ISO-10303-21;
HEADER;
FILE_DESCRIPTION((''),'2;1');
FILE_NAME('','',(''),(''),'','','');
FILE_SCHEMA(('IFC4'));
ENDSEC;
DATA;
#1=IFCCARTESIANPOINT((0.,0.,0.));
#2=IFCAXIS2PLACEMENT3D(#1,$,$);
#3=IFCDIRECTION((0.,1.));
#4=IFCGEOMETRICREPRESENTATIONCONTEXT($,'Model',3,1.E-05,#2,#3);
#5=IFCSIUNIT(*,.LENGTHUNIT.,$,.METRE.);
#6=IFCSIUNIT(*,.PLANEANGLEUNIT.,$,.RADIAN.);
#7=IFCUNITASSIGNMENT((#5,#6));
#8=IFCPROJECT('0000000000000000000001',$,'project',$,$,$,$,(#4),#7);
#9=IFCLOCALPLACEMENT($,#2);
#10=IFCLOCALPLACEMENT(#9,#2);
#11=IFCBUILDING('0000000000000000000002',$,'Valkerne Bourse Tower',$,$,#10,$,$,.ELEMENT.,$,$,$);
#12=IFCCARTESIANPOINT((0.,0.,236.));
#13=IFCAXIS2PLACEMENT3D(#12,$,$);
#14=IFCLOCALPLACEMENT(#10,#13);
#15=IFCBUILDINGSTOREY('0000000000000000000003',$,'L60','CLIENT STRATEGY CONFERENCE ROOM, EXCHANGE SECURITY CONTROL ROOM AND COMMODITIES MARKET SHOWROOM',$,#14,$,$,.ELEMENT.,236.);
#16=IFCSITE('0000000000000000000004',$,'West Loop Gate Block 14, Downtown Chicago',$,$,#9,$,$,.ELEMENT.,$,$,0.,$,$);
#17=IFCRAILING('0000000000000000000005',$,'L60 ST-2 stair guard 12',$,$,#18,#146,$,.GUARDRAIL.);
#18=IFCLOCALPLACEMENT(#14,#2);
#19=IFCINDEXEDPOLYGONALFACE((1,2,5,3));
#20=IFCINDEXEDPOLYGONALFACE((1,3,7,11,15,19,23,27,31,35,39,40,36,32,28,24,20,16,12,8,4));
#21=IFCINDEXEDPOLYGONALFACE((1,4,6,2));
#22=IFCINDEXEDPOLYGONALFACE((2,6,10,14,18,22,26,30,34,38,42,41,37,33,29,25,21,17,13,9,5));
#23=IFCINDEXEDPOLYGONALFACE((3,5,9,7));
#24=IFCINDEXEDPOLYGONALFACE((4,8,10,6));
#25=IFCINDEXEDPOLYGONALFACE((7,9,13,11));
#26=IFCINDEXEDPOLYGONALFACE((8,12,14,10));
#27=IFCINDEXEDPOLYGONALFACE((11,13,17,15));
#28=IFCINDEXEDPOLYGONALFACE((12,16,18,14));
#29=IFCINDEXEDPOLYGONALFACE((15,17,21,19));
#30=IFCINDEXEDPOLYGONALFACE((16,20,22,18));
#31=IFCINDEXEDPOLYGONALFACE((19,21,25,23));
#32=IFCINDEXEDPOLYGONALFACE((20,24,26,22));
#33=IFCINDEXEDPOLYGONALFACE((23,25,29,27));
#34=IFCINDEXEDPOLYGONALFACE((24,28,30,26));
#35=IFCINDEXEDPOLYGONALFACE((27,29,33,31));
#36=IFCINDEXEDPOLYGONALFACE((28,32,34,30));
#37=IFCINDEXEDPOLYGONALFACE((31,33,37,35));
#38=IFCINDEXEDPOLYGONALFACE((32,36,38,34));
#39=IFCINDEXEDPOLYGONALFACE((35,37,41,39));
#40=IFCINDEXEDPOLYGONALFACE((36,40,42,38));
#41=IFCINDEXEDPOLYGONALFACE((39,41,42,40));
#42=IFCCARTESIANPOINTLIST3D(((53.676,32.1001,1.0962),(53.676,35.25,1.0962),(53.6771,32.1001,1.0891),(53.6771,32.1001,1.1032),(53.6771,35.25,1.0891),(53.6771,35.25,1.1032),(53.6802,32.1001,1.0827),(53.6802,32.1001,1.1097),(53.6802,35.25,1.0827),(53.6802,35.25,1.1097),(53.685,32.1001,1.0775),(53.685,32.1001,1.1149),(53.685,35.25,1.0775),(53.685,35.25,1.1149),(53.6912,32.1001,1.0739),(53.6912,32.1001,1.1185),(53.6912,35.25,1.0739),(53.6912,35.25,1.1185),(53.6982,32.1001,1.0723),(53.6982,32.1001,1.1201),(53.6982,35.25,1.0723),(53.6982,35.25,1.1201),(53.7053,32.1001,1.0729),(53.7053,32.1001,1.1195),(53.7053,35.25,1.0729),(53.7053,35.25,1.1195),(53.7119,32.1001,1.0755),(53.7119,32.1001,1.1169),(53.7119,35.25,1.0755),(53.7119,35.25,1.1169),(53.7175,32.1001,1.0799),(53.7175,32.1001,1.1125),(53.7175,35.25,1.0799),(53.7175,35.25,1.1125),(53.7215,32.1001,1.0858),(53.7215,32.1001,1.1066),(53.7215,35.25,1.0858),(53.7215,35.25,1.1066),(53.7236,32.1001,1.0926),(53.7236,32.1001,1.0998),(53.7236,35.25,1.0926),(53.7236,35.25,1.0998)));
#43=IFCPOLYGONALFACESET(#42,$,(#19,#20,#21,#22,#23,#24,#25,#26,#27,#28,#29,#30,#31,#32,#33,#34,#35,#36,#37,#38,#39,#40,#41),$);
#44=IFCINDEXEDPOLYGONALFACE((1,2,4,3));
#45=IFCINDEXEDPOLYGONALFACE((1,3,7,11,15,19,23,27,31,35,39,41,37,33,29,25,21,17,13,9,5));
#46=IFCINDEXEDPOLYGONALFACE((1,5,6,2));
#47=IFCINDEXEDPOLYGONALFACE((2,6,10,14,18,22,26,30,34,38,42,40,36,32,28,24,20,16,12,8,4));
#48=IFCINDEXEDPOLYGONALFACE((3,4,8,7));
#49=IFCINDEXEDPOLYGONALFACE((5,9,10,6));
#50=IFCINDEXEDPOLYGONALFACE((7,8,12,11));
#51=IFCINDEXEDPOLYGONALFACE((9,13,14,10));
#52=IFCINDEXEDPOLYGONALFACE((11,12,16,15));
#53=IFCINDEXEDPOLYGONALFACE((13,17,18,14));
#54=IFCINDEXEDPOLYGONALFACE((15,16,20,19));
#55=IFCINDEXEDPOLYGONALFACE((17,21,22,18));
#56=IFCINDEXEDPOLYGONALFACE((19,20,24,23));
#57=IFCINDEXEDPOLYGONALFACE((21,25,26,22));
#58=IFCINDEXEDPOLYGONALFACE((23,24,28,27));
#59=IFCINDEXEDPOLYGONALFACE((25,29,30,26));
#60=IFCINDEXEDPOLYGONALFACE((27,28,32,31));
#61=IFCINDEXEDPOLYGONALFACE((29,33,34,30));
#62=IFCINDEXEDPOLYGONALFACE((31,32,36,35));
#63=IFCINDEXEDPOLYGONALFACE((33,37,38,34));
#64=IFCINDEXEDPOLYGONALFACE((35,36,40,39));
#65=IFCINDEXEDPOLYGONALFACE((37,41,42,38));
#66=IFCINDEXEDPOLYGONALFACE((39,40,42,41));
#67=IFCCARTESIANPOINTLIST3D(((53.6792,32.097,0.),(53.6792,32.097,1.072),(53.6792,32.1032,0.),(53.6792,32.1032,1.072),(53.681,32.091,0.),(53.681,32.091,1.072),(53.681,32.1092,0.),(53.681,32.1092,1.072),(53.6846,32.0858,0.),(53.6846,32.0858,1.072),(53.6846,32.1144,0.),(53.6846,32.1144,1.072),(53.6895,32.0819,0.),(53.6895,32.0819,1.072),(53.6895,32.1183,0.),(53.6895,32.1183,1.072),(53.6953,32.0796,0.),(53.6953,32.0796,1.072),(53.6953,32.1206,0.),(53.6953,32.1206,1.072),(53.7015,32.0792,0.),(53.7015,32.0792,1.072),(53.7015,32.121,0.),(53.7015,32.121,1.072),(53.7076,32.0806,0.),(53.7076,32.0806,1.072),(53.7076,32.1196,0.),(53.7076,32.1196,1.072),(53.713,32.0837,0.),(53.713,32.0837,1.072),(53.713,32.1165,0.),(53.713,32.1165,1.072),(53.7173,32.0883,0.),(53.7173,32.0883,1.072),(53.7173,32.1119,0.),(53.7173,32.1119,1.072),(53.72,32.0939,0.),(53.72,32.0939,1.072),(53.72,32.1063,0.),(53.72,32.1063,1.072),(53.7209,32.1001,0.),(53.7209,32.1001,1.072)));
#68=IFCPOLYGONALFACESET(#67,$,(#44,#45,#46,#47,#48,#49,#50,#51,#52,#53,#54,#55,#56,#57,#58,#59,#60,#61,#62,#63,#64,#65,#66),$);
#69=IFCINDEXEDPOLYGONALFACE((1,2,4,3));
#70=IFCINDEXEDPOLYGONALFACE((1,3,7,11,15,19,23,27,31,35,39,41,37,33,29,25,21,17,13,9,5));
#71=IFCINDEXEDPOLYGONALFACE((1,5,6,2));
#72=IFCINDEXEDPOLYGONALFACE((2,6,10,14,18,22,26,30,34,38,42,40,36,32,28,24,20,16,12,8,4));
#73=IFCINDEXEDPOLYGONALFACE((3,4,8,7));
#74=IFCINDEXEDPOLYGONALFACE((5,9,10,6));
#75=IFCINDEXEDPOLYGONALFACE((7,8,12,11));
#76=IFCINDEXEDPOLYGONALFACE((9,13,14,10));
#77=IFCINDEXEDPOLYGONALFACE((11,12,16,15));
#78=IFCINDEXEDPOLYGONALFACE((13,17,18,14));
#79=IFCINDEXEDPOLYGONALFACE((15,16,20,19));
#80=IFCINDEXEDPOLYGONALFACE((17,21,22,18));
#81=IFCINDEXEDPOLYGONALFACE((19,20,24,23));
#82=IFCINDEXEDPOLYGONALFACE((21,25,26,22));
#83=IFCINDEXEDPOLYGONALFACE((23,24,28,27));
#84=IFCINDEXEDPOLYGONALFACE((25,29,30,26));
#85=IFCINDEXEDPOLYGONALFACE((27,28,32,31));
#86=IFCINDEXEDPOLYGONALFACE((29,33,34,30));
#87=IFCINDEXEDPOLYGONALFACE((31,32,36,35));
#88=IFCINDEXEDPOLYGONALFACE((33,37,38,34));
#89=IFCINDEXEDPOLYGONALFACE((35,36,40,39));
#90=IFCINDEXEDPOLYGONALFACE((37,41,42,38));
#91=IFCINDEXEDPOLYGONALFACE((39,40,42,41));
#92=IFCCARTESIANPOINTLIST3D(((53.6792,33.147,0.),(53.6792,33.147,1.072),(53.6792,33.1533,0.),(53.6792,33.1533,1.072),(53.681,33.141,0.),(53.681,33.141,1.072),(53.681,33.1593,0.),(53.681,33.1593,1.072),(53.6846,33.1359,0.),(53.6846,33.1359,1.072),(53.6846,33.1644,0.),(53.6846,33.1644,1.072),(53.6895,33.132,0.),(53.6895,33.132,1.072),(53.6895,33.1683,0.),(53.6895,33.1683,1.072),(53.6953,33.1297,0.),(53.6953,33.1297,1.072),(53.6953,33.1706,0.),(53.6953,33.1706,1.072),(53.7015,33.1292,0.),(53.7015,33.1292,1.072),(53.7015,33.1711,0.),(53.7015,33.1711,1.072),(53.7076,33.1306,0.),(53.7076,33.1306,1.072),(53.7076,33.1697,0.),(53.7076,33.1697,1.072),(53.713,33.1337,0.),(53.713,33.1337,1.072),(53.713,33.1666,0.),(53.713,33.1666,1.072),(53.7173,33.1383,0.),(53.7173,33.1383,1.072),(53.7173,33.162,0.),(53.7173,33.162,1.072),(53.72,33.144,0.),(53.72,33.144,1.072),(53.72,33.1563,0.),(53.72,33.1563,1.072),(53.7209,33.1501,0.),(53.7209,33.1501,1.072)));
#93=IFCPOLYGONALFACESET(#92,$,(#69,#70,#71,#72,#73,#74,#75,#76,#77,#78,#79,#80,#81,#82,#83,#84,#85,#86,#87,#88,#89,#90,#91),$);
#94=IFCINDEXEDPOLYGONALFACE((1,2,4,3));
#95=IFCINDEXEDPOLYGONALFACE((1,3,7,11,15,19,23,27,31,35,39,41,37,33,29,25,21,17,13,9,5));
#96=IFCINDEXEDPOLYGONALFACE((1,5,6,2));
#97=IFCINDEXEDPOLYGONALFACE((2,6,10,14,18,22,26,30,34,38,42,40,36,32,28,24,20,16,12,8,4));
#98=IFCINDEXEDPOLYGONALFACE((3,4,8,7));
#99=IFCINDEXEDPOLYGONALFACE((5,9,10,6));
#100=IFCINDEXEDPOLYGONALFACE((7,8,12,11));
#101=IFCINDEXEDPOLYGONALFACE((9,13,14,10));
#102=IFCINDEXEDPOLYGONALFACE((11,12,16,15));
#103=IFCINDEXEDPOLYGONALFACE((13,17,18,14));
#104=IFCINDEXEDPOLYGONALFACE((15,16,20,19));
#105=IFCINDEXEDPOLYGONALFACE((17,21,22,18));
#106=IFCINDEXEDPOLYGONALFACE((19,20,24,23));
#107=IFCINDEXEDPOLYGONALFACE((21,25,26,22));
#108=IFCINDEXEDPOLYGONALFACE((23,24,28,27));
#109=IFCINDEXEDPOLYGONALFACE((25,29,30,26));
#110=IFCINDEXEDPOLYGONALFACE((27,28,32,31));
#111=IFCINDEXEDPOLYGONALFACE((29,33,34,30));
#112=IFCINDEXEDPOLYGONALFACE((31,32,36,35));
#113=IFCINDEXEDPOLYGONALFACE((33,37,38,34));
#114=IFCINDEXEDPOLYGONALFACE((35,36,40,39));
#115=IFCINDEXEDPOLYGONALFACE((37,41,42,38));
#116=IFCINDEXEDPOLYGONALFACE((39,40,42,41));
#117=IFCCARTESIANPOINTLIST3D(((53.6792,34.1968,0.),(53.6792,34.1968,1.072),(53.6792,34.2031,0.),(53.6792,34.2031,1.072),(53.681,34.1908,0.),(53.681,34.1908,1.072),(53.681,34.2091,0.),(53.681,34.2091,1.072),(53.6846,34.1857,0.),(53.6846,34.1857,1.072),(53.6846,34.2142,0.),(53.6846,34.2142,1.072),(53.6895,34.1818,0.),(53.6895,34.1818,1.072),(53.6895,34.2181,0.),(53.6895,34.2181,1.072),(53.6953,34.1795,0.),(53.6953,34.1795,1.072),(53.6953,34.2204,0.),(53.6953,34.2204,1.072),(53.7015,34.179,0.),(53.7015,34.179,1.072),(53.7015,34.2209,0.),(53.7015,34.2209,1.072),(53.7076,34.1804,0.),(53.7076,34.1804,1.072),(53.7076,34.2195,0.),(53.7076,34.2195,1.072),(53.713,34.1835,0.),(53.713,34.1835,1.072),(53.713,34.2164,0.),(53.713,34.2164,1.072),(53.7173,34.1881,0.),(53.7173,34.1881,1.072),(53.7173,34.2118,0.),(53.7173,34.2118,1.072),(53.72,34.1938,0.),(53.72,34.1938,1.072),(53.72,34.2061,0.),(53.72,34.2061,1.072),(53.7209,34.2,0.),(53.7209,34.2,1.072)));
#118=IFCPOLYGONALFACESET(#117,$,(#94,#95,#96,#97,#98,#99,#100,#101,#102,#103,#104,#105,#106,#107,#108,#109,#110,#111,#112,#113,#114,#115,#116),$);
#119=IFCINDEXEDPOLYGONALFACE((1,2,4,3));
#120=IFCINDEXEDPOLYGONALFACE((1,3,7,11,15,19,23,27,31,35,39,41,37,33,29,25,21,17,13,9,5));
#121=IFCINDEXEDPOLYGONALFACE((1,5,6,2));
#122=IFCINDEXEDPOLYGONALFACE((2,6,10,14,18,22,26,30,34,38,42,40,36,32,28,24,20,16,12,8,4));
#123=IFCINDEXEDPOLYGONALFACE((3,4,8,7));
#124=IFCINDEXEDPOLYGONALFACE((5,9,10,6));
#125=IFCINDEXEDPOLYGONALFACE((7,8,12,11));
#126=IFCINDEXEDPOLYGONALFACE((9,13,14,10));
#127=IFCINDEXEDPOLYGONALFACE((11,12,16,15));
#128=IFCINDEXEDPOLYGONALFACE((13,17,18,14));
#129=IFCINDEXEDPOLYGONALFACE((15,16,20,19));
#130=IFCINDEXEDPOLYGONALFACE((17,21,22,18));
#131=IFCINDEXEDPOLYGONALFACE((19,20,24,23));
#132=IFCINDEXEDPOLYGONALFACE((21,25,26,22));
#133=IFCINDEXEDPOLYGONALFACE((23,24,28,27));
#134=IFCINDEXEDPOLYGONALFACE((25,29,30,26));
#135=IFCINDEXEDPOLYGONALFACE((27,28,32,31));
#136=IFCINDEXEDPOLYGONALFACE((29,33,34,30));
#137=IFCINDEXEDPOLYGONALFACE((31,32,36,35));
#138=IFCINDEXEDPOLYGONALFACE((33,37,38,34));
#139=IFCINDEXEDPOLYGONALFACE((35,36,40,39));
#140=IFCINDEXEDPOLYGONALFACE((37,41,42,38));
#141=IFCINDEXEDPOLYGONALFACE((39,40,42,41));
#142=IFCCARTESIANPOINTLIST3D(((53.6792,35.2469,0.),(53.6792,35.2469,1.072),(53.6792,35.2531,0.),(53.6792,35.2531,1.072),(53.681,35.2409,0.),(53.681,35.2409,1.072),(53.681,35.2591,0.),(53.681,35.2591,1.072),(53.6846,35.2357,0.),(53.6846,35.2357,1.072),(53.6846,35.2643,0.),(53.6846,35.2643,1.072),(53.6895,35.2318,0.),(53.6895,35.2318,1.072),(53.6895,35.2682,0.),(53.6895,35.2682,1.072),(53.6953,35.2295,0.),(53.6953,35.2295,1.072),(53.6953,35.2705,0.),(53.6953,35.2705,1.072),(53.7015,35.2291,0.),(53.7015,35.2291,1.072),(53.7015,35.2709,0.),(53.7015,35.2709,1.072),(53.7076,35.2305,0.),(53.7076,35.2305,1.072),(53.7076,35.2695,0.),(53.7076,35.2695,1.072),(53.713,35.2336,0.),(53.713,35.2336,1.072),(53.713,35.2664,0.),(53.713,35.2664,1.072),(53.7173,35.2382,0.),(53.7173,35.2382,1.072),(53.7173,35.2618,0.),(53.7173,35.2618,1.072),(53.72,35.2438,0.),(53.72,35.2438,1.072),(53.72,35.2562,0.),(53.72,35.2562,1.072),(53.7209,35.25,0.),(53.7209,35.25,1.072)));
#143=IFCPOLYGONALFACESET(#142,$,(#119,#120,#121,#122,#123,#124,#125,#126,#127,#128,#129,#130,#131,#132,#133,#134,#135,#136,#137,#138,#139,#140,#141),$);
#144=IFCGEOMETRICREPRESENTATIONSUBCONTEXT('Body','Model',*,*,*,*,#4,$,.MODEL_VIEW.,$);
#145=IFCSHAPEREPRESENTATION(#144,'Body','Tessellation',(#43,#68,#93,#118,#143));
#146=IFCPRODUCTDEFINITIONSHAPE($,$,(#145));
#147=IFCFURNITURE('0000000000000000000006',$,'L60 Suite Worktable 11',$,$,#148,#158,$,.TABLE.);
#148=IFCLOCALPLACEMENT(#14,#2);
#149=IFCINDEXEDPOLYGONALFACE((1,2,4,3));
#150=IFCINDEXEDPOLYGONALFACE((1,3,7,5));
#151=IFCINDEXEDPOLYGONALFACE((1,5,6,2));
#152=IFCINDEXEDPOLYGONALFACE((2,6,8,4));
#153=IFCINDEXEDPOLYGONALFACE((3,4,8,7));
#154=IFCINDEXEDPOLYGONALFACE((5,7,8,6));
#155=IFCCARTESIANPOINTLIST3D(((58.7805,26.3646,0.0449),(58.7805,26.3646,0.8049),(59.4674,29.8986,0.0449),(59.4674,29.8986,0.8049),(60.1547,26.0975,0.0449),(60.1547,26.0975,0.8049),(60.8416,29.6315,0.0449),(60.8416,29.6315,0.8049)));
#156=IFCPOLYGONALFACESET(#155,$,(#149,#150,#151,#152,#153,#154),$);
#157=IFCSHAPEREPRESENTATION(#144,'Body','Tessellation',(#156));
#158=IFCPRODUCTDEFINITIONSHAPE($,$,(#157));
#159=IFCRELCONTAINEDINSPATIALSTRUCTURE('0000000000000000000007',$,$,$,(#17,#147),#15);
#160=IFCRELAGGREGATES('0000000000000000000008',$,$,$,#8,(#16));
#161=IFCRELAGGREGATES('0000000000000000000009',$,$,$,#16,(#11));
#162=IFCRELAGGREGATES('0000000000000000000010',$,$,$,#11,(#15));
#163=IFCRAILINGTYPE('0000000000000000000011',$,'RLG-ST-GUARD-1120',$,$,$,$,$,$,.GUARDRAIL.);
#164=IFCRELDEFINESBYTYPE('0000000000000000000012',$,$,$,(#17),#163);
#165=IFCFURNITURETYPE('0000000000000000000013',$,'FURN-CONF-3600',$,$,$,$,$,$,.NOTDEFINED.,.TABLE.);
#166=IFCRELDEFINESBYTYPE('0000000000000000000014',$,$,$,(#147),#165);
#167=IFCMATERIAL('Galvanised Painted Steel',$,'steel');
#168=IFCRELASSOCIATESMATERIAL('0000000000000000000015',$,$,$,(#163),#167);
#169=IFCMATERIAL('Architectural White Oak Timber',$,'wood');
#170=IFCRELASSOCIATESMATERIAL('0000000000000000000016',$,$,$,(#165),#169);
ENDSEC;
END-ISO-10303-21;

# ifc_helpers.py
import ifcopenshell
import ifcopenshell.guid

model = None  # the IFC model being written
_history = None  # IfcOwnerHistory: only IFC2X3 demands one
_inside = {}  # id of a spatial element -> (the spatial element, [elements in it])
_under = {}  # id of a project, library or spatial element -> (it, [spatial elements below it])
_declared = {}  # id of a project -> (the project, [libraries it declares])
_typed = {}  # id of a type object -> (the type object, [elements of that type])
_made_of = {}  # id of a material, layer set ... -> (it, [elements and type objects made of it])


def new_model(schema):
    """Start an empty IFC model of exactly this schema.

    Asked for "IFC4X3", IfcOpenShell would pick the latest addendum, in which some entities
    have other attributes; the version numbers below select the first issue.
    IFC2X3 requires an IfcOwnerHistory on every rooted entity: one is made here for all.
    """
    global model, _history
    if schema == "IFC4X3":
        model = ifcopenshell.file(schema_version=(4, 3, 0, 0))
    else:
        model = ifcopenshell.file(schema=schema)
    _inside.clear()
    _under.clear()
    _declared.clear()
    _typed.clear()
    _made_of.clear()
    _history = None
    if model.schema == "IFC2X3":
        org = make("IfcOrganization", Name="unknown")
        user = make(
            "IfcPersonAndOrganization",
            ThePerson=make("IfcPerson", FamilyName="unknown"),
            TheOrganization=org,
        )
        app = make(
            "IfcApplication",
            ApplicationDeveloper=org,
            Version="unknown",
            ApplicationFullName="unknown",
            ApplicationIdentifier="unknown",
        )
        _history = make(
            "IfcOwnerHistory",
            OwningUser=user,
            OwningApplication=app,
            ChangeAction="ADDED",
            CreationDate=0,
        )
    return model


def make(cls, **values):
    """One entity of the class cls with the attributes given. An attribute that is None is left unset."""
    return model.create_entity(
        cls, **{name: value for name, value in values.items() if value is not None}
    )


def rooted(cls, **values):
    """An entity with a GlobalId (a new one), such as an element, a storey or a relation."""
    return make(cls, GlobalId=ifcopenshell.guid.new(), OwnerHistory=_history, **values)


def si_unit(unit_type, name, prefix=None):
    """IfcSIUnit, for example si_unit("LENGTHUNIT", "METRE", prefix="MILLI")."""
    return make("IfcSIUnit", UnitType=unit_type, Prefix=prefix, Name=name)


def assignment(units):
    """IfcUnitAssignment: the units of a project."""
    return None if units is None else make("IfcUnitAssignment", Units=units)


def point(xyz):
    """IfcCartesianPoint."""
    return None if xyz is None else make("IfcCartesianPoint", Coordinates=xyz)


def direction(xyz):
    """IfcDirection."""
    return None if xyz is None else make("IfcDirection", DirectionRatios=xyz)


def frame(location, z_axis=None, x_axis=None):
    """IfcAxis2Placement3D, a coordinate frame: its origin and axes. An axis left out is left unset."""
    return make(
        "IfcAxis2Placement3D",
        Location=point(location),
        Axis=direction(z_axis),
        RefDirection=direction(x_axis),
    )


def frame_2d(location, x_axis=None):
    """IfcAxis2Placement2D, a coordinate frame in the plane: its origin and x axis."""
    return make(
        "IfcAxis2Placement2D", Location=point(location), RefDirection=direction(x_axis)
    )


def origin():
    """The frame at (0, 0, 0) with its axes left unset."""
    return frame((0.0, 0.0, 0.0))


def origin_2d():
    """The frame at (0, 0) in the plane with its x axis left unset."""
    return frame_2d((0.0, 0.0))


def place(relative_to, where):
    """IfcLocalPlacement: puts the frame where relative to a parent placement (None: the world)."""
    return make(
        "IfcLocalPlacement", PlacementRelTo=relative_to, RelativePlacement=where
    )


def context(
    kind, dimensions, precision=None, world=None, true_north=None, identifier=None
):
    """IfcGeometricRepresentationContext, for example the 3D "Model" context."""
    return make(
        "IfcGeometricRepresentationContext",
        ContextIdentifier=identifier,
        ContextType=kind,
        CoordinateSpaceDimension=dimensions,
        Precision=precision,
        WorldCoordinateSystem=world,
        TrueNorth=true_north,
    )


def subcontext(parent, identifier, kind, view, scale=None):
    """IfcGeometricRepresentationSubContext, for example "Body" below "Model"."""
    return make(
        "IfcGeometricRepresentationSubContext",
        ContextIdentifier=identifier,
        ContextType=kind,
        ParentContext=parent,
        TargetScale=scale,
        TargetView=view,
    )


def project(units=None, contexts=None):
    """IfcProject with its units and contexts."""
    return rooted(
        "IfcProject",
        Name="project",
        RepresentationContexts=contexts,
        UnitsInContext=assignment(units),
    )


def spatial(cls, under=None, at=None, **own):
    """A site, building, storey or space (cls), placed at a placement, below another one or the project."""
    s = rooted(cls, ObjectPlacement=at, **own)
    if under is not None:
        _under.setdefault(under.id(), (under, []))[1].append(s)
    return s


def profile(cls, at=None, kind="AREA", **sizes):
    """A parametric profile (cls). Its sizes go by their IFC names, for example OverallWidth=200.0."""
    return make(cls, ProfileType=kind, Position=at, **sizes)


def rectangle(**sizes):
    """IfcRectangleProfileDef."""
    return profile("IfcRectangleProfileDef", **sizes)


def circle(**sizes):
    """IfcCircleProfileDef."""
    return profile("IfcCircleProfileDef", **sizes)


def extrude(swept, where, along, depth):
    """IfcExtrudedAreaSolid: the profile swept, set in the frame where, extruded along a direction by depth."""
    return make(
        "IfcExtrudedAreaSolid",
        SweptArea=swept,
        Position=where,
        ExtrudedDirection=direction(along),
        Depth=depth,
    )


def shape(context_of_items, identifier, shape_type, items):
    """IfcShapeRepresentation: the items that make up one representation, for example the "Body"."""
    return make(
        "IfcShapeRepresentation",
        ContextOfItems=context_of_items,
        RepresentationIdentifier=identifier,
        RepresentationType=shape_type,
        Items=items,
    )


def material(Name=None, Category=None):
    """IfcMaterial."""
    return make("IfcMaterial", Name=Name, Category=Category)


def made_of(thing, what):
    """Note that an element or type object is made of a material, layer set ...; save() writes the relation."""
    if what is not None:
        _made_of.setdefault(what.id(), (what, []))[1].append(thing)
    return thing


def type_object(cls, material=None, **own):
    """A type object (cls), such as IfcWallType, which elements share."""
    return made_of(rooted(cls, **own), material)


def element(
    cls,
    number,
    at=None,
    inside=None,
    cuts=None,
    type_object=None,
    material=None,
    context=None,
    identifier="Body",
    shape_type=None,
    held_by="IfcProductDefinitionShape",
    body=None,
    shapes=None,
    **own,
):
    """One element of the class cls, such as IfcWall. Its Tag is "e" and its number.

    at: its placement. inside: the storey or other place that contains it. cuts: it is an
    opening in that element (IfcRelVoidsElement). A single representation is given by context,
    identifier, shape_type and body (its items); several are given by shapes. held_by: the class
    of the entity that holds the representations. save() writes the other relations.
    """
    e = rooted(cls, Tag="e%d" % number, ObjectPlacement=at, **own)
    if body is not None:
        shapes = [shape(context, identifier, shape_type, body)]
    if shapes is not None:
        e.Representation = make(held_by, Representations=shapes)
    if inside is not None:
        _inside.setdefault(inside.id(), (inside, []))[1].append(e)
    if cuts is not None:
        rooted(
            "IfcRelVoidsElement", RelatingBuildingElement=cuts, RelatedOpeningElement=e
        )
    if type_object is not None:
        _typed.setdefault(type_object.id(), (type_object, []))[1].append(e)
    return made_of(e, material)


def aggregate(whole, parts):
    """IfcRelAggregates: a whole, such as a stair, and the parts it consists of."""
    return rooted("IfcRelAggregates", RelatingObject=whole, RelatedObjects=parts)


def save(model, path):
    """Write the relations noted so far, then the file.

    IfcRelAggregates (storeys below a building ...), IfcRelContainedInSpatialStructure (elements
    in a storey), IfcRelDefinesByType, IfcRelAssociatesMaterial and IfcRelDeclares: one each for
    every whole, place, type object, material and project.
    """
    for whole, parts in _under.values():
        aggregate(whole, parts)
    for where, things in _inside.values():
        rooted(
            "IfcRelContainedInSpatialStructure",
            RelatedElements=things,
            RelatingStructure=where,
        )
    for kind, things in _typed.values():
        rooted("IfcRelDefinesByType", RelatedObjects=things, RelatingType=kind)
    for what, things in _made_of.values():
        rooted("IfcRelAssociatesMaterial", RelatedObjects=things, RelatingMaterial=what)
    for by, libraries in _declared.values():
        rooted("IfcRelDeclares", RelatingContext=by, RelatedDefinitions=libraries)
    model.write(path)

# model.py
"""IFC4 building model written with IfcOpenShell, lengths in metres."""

from ifc_helpers import new_model, si_unit, direction, frame, origin, origin_2d, place, context, subcontext, project, spatial, rectangle, circle, extrude, material, type_object, element, save


model = new_model("IFC4")

# Units and contexts
model_context = context("Model", 3, precision=1e-05, world=origin(), true_north=direction((0.0, 1.0)))
body_context = subcontext(model_context, "Body", "Model", "MODEL_VIEW")
ifc_project = project(units=[si_unit("LENGTHUNIT", "METRE"), si_unit("PLANEANGLEUNIT", "RADIAN")], contexts=[model_context])

# Site, building, storey
site_placement = place(None, origin())
site = spatial("IfcSite", under=ifc_project, at=site_placement, Name="West Loop Gate Block 14, Downtown Chicago", CompositionType="ELEMENT", RefElevation=0.0)
building_placement = place(site_placement, origin())
building = spatial("IfcBuilding", under=site, at=building_placement, Name="Valkerne Bourse Tower", CompositionType="ELEMENT")
storey_placement = place(building_placement, frame((0.0, 0.0, 236.0)))
storey = spatial("IfcBuildingStorey", under=building, at=storey_placement, Name="L60", Description="CLIENT STRATEGY CONFERENCE ROOM, EXCHANGE SECURITY CONTROL ROOM AND COMMODITIES MARKET SHOWROOM", CompositionType="ELEMENT", Elevation=236.0)

# Railing
ifc_material_1 = material(Name="Galvanised Painted Steel", Category="steel")
railing_type = type_object("IfcRailingType", Name="RLG-ST-GUARD-1120", PredefinedType="GUARDRAIL", material=ifc_material_1)
railing_1_placement = place(storey_placement, frame((53.7, 32.1001, 0.0)))
element("IfcRailing", 1, at=railing_1_placement, inside=storey, type_object=railing_type, Name="L60 ST-2 stair guard 12", PredefinedType="GUARDRAIL", context=body_context, shape_type="SweptSolid", body=[
    extrude(circle(Radius=0.0239, at=origin_2d()), frame((0.0, 0.0, 1.0962), z_axis=(0.0, 1.0, 0.0), x_axis=(-1.0, 0.0, 0.0)), (0.0, 0.0, 1.0), 3.1499),
    extrude(circle(Radius=0.021, at=origin_2d()), origin(), (0.0, 0.0, 1.0), 1.072),
    extrude(circle(Radius=0.021, at=origin_2d()), frame((0.0, 1.05, 0.0)), (0.0, 0.0, 1.0), 1.072),
    extrude(circle(Radius=0.021, at=origin_2d()), frame((0.0, 2.0999, 0.0)), (0.0, 0.0, 1.0), 1.072),
    extrude(circle(Radius=0.021, at=origin_2d()), frame((0.0, 3.1499, 0.0)), (0.0, 0.0, 1.0), 1.072),
])

# Furniture
ifc_material_2 = material(Name="Architectural White Oak Timber", Category="wood")
furniture_type = type_object("IfcFurnitureType", Name="FURN-CONF-3600", AssemblyPlace="NOTDEFINED", PredefinedType="TABLE", material=ifc_material_2)
furniture_placement = place(storey_placement, frame((59.811, 27.998, 0.0449), z_axis=(0.0, 0.0, 1.0), x_axis=(0.190809, 0.981627, 0.0)))
element("IfcFurniture", 2, at=furniture_placement, inside=storey, type_object=furniture_type, Name="L60 Suite Worktable 11", PredefinedType="TABLE", context=body_context, shape_type="SweptSolid", body=[
    extrude(rectangle(XDim=3.6001, YDim=1.3999, at=origin_2d()), origin(), (0.0, 0.0, 1.0), 0.76),
])

save(model, "model.ifc")
